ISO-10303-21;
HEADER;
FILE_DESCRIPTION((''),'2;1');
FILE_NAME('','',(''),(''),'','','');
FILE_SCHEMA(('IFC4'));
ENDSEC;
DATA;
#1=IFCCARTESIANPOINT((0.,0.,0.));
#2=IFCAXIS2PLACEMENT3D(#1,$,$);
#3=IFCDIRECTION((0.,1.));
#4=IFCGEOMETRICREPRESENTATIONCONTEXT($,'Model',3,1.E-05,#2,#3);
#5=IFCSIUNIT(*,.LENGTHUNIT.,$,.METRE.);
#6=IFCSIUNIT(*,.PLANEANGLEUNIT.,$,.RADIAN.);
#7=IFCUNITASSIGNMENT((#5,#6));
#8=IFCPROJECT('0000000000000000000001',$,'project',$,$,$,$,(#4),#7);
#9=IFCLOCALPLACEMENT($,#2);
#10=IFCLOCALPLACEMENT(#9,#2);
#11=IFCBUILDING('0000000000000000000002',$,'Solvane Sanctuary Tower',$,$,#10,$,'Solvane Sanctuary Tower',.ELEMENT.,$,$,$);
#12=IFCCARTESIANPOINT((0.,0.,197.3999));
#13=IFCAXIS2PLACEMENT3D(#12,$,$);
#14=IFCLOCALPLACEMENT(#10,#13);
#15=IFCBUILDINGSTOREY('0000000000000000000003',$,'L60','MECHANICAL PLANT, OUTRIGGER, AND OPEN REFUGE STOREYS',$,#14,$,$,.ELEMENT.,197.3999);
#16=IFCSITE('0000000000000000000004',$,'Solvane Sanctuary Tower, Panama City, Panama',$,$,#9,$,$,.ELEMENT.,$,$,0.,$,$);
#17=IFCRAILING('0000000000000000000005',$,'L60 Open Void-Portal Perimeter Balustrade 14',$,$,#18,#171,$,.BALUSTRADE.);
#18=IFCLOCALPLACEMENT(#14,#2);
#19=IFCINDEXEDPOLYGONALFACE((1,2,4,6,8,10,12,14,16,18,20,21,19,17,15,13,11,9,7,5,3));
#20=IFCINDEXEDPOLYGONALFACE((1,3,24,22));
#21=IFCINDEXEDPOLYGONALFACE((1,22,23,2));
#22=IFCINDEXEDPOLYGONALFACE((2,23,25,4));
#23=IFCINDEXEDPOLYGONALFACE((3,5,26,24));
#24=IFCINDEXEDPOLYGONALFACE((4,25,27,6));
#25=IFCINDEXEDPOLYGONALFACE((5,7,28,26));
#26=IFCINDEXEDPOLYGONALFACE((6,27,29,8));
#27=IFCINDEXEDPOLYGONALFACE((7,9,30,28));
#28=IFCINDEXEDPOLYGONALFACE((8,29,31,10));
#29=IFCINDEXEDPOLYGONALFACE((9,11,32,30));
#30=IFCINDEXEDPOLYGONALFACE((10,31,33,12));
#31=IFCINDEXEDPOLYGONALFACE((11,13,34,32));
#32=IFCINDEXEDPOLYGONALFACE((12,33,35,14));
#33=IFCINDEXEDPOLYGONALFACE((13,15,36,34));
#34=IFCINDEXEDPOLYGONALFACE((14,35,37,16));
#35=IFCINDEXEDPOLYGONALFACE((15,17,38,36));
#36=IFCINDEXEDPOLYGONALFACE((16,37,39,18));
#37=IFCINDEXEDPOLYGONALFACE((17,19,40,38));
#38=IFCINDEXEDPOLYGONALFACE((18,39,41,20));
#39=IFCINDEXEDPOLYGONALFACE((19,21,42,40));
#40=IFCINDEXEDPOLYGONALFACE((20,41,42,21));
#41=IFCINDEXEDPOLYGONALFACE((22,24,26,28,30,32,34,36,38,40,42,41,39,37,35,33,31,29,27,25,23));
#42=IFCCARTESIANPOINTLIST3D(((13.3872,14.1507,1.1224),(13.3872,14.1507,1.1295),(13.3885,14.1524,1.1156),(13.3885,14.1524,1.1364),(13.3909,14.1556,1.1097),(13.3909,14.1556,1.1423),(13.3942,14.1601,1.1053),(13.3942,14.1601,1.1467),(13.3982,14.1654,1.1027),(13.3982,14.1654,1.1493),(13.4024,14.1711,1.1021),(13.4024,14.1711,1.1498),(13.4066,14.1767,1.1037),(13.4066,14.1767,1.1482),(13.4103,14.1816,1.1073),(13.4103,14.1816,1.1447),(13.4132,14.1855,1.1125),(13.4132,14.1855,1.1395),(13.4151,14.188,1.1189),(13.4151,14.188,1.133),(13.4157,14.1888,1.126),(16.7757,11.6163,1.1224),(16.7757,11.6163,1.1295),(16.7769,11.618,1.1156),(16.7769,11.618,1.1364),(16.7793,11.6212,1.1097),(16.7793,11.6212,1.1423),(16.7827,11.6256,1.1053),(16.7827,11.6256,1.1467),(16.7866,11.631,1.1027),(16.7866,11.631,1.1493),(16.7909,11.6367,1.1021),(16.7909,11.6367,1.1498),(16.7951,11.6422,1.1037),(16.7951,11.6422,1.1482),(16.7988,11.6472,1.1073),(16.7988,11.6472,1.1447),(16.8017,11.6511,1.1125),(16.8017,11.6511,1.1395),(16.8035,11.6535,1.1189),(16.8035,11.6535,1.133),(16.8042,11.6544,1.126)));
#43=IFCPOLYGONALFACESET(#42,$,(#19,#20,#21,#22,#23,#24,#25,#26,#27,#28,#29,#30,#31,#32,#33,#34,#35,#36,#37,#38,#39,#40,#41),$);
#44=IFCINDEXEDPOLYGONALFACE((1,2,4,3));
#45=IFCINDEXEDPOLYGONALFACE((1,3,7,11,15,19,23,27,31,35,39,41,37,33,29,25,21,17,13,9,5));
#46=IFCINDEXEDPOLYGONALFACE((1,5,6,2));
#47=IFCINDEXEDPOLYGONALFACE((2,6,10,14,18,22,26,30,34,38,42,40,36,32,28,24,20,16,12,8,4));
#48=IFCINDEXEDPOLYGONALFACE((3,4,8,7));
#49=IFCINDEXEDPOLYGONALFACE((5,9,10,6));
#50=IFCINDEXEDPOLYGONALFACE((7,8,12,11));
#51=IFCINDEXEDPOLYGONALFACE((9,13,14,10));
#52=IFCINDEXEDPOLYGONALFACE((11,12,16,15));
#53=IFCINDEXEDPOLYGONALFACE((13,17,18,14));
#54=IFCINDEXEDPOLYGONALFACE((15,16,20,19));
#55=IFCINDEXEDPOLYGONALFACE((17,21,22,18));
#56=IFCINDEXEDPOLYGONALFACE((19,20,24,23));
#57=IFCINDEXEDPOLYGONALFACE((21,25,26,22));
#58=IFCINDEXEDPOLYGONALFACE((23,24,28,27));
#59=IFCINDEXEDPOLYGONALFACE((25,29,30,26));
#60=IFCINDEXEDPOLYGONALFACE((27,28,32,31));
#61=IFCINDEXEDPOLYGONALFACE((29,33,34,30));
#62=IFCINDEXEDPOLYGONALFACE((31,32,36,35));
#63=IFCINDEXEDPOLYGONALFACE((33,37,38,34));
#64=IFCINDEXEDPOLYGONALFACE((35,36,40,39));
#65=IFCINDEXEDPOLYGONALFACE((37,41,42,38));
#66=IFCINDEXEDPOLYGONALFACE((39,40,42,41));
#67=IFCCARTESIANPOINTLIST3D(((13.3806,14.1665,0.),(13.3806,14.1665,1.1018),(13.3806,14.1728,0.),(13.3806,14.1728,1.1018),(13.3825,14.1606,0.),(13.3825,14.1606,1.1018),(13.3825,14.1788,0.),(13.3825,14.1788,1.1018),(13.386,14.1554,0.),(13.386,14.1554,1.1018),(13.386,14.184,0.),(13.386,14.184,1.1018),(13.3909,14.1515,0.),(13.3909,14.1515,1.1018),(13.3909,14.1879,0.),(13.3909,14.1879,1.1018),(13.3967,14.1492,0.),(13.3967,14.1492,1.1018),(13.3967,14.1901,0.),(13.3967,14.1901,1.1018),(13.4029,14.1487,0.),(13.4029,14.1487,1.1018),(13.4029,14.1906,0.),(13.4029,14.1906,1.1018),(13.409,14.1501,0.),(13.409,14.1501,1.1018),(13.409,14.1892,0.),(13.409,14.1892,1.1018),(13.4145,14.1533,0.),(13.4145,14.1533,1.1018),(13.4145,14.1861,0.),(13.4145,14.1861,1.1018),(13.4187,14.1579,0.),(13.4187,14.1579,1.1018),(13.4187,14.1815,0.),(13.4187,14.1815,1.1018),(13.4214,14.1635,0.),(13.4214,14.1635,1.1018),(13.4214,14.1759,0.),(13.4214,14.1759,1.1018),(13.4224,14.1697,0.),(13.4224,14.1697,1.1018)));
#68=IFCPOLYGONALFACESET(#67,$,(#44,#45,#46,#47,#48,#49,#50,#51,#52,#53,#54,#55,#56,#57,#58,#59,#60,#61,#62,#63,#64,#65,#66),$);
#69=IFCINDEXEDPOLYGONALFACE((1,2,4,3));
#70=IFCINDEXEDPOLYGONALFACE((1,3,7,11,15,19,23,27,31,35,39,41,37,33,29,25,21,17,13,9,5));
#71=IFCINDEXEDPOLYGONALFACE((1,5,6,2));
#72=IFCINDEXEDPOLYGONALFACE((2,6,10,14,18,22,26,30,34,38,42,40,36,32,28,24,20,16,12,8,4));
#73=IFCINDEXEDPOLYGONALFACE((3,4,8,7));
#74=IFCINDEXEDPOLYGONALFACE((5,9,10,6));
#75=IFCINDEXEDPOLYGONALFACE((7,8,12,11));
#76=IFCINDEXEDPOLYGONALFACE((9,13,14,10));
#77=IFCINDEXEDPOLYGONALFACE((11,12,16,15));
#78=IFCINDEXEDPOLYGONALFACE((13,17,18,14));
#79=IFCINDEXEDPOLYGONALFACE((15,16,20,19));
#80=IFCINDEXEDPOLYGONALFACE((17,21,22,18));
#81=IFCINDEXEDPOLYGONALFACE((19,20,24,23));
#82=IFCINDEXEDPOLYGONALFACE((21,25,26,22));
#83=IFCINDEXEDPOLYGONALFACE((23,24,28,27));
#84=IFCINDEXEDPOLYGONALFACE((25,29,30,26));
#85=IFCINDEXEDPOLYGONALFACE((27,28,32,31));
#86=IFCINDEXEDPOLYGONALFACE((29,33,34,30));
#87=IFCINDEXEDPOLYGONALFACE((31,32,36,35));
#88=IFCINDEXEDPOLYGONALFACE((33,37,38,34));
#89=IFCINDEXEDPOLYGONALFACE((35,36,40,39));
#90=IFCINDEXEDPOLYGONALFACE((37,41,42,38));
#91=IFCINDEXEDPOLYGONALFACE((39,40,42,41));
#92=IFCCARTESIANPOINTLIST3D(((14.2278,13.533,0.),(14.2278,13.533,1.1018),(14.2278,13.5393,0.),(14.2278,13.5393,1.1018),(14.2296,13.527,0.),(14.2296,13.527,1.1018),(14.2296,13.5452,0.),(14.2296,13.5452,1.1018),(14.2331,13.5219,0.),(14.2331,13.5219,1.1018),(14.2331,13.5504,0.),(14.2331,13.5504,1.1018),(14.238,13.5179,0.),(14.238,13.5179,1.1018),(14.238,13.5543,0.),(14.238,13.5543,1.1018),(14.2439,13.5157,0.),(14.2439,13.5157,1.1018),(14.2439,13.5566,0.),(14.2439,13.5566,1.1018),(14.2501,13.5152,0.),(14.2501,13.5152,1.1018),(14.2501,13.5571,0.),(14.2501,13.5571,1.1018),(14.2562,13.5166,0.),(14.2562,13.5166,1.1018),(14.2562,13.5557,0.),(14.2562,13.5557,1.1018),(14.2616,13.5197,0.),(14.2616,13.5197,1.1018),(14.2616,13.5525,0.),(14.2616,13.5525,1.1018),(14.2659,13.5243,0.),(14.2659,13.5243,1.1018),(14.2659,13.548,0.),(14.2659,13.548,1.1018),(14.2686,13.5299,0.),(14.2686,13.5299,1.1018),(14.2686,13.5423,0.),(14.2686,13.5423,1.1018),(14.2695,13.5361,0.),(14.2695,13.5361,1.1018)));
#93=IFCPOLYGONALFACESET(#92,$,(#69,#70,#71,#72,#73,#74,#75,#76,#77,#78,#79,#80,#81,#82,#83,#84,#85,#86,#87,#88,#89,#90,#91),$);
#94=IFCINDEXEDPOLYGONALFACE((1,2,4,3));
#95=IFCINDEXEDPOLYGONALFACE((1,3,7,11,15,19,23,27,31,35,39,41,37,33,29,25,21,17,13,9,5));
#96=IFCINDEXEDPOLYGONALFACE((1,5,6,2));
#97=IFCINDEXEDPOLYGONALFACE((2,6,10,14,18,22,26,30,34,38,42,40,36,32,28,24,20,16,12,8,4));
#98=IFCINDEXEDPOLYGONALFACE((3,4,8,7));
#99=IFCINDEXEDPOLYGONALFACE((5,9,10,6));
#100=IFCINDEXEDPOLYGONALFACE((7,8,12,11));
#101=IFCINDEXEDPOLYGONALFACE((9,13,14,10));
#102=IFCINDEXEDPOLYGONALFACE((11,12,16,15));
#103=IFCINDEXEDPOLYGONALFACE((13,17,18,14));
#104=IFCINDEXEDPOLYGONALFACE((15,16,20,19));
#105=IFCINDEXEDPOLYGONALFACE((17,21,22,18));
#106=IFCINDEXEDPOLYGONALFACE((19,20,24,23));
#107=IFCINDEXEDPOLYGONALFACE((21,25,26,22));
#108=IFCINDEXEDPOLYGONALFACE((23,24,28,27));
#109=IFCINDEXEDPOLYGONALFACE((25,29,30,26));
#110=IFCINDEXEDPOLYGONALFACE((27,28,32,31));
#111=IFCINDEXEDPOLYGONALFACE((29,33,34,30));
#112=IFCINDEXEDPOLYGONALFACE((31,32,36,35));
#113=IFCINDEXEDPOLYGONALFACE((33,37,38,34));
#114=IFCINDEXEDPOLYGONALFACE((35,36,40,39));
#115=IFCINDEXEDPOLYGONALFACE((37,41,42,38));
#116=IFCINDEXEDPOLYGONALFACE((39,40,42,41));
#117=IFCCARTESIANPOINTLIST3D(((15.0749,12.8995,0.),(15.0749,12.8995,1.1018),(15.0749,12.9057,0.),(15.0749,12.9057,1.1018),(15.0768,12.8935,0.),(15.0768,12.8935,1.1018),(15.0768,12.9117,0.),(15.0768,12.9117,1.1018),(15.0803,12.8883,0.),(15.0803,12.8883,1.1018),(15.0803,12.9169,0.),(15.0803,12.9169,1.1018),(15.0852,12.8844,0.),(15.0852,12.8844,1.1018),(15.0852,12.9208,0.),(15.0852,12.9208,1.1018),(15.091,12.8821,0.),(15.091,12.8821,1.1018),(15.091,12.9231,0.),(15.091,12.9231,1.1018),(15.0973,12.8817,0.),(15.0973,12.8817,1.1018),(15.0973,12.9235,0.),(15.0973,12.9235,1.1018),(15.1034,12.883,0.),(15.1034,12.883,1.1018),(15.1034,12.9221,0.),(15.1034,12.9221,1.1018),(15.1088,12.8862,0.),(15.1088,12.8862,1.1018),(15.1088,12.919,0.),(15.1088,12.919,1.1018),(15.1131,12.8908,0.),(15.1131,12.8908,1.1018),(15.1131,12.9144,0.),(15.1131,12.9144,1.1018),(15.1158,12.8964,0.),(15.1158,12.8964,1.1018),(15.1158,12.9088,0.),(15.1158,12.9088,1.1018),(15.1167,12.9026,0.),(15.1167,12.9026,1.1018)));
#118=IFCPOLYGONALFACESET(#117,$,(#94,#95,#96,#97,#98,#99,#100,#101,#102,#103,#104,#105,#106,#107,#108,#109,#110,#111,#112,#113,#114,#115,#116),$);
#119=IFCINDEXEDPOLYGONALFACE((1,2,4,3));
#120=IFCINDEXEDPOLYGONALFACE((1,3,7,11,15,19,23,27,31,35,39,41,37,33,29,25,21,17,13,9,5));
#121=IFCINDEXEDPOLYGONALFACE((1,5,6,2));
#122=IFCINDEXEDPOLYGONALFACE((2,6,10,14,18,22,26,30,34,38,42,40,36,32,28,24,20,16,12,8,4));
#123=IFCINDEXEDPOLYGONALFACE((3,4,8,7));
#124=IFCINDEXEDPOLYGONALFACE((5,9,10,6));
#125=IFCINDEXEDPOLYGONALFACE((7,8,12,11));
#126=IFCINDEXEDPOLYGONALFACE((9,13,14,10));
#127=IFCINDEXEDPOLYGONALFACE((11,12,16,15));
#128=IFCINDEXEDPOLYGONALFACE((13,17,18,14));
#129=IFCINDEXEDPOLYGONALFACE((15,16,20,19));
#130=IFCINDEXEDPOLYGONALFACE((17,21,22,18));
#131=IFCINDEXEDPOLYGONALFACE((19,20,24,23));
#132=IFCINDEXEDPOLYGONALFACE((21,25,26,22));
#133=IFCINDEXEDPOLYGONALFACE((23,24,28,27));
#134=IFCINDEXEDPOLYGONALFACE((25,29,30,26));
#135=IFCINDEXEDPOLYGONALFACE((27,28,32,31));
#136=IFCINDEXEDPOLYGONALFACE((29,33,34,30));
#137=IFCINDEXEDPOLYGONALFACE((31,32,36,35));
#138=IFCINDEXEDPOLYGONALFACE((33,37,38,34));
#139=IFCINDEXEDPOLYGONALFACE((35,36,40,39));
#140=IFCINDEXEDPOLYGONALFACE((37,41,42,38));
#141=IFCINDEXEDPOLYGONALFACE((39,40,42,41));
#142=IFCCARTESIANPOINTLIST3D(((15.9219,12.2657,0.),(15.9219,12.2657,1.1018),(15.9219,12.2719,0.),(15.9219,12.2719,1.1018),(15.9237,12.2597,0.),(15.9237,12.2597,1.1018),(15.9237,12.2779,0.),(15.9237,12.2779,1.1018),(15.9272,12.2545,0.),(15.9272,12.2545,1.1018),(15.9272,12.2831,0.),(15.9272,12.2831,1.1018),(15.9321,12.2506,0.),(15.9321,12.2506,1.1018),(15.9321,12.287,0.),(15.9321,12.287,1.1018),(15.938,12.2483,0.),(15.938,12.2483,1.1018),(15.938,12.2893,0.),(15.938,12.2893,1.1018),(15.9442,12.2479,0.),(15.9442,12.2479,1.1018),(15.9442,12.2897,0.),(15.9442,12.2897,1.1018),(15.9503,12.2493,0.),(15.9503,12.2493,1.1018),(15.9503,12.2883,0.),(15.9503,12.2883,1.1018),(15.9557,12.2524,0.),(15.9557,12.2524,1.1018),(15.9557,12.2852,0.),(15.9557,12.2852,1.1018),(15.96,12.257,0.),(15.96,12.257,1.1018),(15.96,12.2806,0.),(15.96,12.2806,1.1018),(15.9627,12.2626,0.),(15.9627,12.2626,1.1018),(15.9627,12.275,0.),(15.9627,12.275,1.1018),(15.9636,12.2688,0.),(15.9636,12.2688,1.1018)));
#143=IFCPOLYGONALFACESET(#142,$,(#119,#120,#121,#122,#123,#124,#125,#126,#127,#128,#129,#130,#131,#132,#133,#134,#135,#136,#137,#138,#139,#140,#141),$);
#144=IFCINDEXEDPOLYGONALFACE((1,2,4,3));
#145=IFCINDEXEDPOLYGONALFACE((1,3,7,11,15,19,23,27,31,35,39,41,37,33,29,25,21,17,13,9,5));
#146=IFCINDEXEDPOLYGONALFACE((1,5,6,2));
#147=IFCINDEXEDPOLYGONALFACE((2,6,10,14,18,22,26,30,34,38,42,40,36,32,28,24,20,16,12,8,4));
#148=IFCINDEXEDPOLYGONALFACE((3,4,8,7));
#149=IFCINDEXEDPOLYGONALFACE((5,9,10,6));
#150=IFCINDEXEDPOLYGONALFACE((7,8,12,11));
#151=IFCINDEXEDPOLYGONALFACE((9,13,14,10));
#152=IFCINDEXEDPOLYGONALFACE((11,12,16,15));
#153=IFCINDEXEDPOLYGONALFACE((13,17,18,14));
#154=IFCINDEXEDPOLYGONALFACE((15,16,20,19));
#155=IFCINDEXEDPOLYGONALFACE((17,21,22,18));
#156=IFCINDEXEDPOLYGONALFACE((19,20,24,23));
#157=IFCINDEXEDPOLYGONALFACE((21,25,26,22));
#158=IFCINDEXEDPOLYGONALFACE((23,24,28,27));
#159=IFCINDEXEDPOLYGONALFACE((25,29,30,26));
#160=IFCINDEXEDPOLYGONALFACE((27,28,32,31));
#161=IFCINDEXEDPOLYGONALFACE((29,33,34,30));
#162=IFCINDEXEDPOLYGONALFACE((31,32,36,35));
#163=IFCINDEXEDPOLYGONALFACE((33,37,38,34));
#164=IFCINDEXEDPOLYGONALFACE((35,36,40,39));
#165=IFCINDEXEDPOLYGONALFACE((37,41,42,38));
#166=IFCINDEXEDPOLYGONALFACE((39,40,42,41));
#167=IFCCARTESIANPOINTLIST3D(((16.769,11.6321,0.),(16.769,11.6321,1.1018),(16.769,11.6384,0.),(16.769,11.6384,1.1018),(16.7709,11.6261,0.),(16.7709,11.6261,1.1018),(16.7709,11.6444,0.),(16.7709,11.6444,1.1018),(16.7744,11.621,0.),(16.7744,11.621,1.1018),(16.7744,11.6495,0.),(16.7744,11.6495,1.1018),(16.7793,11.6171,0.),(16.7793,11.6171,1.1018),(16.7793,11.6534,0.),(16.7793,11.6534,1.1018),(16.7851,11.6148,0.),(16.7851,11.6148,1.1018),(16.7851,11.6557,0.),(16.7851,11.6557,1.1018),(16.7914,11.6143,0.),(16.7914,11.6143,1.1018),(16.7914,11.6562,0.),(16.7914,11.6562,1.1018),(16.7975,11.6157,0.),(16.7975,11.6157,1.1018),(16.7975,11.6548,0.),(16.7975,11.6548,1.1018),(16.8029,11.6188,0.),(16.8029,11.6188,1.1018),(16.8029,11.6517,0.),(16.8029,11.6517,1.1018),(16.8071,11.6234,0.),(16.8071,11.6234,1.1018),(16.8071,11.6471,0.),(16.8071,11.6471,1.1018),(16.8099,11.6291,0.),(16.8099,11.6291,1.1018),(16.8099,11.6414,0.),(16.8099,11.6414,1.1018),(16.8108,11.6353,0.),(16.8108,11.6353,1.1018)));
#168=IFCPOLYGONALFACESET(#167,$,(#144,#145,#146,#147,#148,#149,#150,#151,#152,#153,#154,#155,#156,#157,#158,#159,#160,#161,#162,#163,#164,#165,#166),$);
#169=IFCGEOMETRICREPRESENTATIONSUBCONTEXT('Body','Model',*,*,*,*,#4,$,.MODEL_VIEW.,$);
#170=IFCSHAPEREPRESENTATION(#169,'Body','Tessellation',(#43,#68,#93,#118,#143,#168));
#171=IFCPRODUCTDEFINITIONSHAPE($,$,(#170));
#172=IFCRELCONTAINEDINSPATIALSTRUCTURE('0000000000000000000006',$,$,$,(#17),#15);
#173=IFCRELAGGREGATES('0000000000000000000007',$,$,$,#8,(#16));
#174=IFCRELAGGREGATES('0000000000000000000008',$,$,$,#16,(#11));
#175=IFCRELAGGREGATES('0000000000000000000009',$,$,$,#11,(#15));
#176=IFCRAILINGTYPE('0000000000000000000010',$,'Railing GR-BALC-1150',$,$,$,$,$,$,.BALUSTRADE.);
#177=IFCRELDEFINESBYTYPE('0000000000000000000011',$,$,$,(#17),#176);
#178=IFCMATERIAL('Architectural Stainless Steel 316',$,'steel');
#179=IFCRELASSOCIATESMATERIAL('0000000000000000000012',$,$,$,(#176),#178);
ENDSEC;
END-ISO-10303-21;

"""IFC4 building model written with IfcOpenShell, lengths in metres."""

from ifc_helpers import new_model, si_unit, direction, frame, origin, origin_2d, place, context, subcontext, project, spatial, circle, extrude, material, type_object, element, save


model = new_model("IFC4")

# Units and contexts
model_context = context("Model", 3, precision=1e-05, world=origin(), true_north=direction((0.0, 1.0)))
body_context = subcontext(model_context, "Body", "Model", "MODEL_VIEW")
ifc_project = project(units=[si_unit("LENGTHUNIT", "METRE"), si_unit("PLANEANGLEUNIT", "RADIAN")], contexts=[model_context])

# Site, building, storey
site_placement = place(None, origin())
site = spatial("IfcSite", under=ifc_project, at=site_placement, Name="Solvane Sanctuary Tower, Panama City, Panama", CompositionType="ELEMENT", RefElevation=0.0)
building_placement = place(site_placement, origin())
building = spatial("IfcBuilding", under=site, at=building_placement, Name="Solvane Sanctuary Tower", LongName="Solvane Sanctuary Tower", CompositionType="ELEMENT")
storey_placement = place(building_placement, frame((0.0, 0.0, 197.3999)))
storey = spatial("IfcBuildingStorey", under=building, at=storey_placement, Name="L60", Description="MECHANICAL PLANT, OUTRIGGER, AND OPEN REFUGE STOREYS", CompositionType="ELEMENT", Elevation=197.3999)

# Shared definitions
ifc_material_1 = material(Name="Architectural Stainless Steel 316", Category="steel")

# Railing
railing_type_1 = type_object("IfcRailingType", Name="Railing GR-BALC-1150", PredefinedType="BALUSTRADE", material=ifc_material_1)
railing_1_placement = place(storey_placement, frame((13.4014, 14.1697, 0.0)))
element("IfcRailing", 1, at=railing_1_placement, inside=storey, type_object=railing_type_1, Name="L60 Open Void-Portal Perimeter Balustrade 14", PredefinedType="BALUSTRADE", context=body_context, shape_type="SweptSolid", body=[
    extrude(circle(Radius=0.0239, at=origin_2d()), frame((0.0, 0.0, 1.126), z_axis=(0.800782, -0.598956, 0.0), x_axis=(0.598956, 0.800782, 0.0)), (0.0, 0.0, 1.0), 4.2314),
    extrude(circle(Radius=0.021, at=origin_2d()), origin(), (0.0, 0.0, 1.0), 1.1018),
    extrude(circle(Radius=0.021, at=origin_2d()), frame((0.8472, -0.6335, 0.0)), (0.0, 0.0, 1.0), 1.1018),
    extrude(circle(Radius=0.021, at=origin_2d()), frame((1.6943, -1.2671, 0.0)), (0.0, 0.0, 1.0), 1.1018),
    extrude(circle(Radius=0.021, at=origin_2d()), frame((2.5413, -1.9009, 0.0)), (0.0, 0.0, 1.0), 1.1018),
    extrude(circle(Radius=0.021, at=origin_2d()), frame((3.3884, -2.5344, 0.0)), (0.0, 0.0, 1.0), 1.1018),
])

save(model, "model.ifc")
